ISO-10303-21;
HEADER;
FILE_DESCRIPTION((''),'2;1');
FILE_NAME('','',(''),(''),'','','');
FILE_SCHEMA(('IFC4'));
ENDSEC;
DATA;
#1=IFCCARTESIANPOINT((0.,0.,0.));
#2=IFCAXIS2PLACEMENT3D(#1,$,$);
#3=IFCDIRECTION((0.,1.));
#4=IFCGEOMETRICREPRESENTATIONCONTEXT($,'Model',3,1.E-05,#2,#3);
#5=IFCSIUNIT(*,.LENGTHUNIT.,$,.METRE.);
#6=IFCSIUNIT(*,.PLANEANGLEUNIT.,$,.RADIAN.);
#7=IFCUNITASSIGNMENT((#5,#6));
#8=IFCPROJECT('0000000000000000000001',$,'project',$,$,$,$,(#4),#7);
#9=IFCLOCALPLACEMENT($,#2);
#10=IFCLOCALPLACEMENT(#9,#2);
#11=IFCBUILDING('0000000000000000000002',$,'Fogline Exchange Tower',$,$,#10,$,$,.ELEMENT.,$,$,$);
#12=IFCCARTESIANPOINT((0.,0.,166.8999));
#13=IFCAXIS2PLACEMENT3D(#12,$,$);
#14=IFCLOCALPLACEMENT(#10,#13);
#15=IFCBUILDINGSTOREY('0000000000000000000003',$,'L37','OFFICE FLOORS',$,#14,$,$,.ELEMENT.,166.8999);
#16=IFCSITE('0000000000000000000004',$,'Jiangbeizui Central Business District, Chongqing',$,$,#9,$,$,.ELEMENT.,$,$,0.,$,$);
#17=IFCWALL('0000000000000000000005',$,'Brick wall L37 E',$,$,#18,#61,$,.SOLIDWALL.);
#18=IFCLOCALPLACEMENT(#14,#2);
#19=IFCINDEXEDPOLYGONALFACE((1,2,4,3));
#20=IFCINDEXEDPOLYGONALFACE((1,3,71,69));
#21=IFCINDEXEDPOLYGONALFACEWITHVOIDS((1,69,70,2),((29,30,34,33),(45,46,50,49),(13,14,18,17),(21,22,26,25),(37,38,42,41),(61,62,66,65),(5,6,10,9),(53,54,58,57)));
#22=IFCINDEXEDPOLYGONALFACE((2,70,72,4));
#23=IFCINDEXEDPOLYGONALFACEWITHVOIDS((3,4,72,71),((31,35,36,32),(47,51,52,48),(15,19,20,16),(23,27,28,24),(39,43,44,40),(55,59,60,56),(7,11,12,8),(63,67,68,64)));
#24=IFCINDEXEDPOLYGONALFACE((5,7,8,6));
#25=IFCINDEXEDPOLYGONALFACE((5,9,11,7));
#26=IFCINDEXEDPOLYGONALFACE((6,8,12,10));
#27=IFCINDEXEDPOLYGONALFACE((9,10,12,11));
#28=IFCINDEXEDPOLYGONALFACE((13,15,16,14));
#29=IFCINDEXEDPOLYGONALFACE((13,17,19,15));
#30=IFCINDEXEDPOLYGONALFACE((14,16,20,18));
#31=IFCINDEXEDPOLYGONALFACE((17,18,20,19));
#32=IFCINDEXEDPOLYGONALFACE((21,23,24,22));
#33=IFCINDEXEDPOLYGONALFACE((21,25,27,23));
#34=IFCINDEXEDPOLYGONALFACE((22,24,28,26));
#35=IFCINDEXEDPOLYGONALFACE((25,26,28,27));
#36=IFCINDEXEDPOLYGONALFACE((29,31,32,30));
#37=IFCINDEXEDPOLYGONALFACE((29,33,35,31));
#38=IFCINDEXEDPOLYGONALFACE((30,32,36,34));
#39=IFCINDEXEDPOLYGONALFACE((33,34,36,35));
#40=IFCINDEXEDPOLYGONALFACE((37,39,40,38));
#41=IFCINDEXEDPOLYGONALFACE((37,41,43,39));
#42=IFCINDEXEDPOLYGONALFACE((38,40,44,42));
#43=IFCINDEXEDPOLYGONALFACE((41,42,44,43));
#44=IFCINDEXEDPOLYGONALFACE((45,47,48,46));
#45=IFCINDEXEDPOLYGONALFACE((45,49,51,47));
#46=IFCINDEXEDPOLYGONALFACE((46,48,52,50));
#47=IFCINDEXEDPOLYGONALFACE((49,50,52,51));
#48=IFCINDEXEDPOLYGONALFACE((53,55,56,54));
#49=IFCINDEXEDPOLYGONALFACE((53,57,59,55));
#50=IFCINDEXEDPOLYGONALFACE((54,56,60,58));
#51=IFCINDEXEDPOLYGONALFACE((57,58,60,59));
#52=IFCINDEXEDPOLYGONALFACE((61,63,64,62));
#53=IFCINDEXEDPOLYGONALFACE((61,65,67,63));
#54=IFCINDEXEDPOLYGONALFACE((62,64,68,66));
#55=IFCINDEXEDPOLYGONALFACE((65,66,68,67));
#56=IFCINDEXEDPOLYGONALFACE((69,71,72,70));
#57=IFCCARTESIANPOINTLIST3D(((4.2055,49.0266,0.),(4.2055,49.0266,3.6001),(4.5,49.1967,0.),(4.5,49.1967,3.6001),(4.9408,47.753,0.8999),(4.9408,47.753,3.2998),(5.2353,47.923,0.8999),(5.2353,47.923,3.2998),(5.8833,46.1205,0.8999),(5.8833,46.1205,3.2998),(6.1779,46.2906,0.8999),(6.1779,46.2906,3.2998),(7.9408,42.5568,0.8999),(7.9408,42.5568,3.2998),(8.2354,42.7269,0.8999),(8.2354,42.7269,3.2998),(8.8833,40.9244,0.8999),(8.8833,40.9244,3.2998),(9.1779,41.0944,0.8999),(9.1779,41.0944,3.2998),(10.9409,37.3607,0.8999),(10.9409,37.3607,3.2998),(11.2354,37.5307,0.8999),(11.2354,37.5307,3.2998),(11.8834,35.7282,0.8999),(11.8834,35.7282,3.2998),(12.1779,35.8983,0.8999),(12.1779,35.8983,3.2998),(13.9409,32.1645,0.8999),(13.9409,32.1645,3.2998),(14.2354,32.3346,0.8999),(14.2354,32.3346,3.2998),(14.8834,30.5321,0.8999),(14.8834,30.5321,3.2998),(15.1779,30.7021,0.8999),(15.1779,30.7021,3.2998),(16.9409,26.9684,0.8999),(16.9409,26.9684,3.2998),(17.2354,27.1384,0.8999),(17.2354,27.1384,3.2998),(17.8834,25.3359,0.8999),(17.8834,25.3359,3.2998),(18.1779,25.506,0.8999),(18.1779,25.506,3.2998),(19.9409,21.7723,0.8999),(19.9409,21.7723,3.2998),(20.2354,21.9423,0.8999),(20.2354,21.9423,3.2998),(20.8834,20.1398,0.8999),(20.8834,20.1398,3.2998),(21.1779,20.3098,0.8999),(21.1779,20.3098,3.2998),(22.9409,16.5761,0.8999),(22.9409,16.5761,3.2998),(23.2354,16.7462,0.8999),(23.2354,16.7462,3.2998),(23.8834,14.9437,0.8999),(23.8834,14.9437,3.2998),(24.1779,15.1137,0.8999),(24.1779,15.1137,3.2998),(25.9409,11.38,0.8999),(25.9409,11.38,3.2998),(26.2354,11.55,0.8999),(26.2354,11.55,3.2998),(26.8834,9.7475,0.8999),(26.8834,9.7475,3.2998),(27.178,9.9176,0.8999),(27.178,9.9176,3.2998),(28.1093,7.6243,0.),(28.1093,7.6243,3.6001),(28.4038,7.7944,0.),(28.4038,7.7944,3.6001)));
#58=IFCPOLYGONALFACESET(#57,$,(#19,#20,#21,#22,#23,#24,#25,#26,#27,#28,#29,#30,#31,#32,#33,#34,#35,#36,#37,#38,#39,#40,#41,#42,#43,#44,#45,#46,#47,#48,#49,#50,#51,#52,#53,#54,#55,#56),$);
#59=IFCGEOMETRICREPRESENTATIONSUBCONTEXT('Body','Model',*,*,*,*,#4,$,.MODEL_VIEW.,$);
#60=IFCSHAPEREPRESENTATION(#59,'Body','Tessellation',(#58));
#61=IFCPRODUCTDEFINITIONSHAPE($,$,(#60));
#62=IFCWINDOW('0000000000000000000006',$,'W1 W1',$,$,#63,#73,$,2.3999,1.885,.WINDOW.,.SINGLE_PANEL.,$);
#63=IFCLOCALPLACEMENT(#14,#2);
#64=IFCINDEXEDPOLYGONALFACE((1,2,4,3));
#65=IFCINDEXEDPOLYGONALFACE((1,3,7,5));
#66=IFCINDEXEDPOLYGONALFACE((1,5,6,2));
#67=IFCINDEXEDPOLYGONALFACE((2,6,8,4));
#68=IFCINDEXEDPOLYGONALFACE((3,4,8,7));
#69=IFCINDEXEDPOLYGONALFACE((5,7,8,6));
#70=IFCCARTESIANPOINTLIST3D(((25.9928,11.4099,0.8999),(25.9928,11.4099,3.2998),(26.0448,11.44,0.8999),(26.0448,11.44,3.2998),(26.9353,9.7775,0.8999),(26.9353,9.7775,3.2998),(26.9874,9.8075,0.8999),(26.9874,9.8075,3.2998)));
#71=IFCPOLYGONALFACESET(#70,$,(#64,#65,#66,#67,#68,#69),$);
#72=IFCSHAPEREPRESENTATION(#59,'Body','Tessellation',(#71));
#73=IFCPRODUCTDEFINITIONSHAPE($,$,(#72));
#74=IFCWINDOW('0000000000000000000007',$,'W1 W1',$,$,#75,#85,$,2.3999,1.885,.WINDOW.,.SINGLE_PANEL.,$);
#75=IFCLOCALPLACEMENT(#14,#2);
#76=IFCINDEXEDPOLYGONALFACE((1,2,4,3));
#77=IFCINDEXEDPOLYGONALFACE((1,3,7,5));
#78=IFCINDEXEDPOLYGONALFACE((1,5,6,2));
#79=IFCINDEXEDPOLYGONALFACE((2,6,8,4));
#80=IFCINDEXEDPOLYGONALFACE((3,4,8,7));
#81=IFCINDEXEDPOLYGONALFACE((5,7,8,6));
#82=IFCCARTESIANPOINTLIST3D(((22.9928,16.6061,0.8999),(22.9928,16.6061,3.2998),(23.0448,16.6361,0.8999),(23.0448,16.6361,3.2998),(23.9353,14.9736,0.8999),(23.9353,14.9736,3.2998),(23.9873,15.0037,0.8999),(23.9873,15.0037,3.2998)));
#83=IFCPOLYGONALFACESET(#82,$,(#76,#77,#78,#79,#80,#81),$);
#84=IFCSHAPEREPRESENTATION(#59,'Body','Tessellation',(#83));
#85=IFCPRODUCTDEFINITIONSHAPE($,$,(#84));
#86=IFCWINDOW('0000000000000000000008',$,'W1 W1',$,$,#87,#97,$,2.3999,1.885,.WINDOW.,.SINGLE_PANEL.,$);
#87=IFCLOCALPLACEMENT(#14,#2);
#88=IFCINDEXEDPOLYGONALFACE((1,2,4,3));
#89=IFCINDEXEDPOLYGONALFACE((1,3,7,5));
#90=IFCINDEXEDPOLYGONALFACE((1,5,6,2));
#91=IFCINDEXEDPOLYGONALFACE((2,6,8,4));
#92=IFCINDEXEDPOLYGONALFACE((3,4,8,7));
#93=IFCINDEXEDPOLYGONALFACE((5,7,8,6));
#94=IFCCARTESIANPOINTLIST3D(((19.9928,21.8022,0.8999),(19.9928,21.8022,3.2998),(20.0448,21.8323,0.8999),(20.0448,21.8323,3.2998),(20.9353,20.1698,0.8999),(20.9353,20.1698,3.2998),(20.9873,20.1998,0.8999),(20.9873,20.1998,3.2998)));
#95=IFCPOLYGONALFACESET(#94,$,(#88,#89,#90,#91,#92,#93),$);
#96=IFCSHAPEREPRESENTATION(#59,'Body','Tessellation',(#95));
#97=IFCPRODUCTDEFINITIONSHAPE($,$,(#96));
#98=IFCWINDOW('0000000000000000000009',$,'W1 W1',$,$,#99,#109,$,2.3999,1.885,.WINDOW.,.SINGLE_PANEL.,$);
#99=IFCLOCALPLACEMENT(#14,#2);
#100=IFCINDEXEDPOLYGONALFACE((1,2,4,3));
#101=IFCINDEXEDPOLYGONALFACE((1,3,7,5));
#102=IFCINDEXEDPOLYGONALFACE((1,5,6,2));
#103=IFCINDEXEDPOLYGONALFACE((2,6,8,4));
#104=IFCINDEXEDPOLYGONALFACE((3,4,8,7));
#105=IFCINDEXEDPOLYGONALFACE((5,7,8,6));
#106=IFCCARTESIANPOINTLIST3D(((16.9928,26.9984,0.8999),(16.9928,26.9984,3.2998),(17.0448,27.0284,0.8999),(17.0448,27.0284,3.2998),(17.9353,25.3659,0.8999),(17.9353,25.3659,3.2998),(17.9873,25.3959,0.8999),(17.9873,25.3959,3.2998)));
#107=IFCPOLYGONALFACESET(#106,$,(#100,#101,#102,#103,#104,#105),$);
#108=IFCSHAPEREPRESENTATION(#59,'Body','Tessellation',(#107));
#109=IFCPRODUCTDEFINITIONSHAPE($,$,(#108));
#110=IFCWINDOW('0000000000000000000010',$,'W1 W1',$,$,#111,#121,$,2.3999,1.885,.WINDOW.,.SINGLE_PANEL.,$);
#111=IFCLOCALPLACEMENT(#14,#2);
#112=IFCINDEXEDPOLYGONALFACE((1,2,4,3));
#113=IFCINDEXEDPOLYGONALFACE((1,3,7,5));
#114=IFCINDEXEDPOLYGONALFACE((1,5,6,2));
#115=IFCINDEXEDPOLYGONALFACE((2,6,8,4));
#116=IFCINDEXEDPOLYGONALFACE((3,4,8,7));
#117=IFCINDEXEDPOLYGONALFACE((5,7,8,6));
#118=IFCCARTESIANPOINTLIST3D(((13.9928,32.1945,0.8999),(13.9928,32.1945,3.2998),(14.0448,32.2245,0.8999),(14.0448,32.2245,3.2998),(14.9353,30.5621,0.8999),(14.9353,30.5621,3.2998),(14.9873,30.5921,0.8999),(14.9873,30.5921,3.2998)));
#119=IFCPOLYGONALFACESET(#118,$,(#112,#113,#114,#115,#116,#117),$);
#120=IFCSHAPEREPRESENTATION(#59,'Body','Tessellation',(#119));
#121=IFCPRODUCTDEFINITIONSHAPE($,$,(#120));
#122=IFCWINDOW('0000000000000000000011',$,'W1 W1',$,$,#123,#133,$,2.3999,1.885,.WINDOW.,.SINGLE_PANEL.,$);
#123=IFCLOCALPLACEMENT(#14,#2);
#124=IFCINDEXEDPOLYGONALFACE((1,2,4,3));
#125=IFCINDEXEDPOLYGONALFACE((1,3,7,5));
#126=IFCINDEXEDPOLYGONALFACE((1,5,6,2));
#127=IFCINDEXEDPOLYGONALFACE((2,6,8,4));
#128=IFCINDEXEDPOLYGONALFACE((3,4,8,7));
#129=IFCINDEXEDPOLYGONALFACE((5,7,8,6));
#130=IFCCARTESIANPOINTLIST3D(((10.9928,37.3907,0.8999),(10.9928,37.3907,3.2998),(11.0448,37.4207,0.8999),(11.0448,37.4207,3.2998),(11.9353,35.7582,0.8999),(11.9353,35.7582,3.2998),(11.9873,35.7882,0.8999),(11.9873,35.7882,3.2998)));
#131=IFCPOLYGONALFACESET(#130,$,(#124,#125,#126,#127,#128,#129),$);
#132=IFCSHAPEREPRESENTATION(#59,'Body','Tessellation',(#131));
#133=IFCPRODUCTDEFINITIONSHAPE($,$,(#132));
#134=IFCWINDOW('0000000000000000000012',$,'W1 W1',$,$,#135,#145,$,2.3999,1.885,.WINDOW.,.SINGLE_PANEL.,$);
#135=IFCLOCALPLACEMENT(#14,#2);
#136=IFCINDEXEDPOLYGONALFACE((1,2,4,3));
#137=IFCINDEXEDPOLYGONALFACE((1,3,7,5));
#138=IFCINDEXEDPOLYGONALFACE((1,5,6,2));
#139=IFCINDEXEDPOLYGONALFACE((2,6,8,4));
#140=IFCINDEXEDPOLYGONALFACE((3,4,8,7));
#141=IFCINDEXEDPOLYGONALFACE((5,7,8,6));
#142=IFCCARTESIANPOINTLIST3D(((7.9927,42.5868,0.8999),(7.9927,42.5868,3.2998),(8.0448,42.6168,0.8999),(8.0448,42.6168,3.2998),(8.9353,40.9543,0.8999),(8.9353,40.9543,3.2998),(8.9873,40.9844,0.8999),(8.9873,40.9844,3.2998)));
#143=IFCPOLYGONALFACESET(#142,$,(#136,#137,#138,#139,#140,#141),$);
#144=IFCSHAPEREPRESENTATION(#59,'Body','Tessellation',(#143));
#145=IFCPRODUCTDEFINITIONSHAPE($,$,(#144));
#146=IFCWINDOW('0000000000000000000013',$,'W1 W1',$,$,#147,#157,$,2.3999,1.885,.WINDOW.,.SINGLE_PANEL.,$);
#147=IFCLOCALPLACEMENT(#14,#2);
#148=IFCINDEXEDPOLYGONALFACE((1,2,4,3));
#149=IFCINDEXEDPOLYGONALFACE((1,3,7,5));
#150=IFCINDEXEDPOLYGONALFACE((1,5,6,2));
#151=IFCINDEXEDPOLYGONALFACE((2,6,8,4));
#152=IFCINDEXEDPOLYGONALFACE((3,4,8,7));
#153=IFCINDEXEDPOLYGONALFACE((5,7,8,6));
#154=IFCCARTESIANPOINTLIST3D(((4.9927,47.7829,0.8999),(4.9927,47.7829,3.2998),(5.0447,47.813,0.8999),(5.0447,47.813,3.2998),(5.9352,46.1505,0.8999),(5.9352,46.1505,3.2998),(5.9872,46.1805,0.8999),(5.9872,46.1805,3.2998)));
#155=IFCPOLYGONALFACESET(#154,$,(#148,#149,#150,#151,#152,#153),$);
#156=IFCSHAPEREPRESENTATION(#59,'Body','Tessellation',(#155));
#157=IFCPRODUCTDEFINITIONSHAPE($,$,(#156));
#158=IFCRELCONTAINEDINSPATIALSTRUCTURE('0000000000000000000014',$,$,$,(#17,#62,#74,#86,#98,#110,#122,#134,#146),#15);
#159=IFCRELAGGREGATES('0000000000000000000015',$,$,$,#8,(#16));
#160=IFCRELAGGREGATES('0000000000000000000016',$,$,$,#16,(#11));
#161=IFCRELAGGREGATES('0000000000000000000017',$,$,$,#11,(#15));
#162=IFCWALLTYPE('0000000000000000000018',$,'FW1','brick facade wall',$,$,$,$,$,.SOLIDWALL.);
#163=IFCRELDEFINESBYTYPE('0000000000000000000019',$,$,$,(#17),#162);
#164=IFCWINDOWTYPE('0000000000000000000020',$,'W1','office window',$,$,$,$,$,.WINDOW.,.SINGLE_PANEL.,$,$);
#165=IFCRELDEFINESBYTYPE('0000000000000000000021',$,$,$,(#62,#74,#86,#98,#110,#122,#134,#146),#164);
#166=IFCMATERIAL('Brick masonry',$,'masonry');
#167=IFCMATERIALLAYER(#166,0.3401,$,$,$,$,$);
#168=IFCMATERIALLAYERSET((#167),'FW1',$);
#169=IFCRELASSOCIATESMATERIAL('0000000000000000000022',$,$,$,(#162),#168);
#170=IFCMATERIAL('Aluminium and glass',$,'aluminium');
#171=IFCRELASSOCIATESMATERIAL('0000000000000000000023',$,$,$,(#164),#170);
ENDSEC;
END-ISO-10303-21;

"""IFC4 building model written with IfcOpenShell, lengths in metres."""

from ifc_helpers import new_model, si_unit, direction, frame, frame_2d, origin, place, context, subcontext, project, spatial, rectangle, extrude, material, layer, layer_set, type_object, element, fill, save


model = new_model("IFC4")

# Units and contexts
model_context = context("Model", 3, precision=1e-05, world=origin(), true_north=direction((0.0, 1.0)))
body_context = subcontext(model_context, "Body", "Model", "MODEL_VIEW")
ifc_project = project(units=[si_unit("LENGTHUNIT", "METRE"), si_unit("PLANEANGLEUNIT", "RADIAN")], contexts=[model_context])

# Site, building, storey
site_placement = place(None, origin())
site = spatial("IfcSite", under=ifc_project, at=site_placement, Name="Jiangbeizui Central Business District, Chongqing", CompositionType="ELEMENT", RefElevation=0.0)
building_placement = place(site_placement, origin())
building = spatial("IfcBuilding", under=site, at=building_placement, Name="Fogline Exchange Tower", CompositionType="ELEMENT")
storey_placement = place(building_placement, frame((0.0, 0.0, 166.8999)))
storey = spatial("IfcBuildingStorey", under=building, at=storey_placement, Name="L37", Description="OFFICE FLOORS", CompositionType="ELEMENT", Elevation=166.8999)

# Shared definitions
ifc_material_1 = material(Name="Brick masonry", Category="masonry")
ifc_layer = layer(ifc_material_1, 0.3401)
ifc_layer_set = layer_set([ifc_layer], Name="FW1")
wall_type = type_object("IfcWallType", Name="FW1", Description="brick facade wall", PredefinedType="SOLIDWALL", material=ifc_layer_set)
ifc_material_2 = material(Name="Aluminium and glass", Category="aluminium")

# Wall, openings, windows
wall_1_placement = place(storey_placement, frame((28.2566, 7.7092, 0.0), z_axis=(0.0, 0.0, 1.0), x_axis=(-0.500002, 0.866024, 0.0)))
wall_1 = element("IfcWall", 1, at=wall_1_placement, inside=storey, type_object=wall_type, Name="Brick wall L37 E", PredefinedType="SOLIDWALL", context=body_context, shape_type="SweptSolid", body=[
    extrude(rectangle(XDim=47.8074, YDim=0.3401, at=frame_2d((23.9038, 0.0))), origin(), (0.0, 0.0, 1.0), 3.6001),
])
opening_1_placement = place(wall_1_placement, frame((2.4519, 0.0, 0.8999)))
opening_1 = element("IfcOpeningElement", 2, at=opening_1_placement, cuts=wall_1, PredefinedType="OPENING", context=body_context, shape_type="SweptSolid", body=[
    extrude(rectangle(XDim=1.885, YDim=2.3999, at=frame_2d((0.9424, 1.2))), frame((0.0, 0.1802, 0.0), z_axis=(0.0, -1.0, 0.0), x_axis=(1.0, 0.0, 0.0)), (0.0, 0.0, 1.0), 0.3601),
])
opening_2_placement = place(wall_1_placement, frame((8.4519, 0.0, 0.8999)))
opening_2 = element("IfcOpeningElement", 3, at=opening_2_placement, cuts=wall_1, PredefinedType="OPENING", context=body_context, shape_type="SweptSolid", body=[
    extrude(rectangle(XDim=1.885, YDim=2.3999, at=frame_2d((0.9424, 1.2))), frame((0.0, 0.1802, 0.0), z_axis=(0.0, -1.0, 0.0), x_axis=(1.0, 0.0, 0.0)), (0.0, 0.0, 1.0), 0.3601),
])
opening_3_placement = place(wall_1_placement, frame((14.4519, 0.0, 0.8999)))
opening_3 = element("IfcOpeningElement", 4, at=opening_3_placement, cuts=wall_1, PredefinedType="OPENING", context=body_context, shape_type="SweptSolid", body=[
    extrude(rectangle(XDim=1.885, YDim=2.3999, at=frame_2d((0.9424, 1.2))), frame((0.0, 0.1802, 0.0), z_axis=(0.0, -1.0, 0.0), x_axis=(1.0, 0.0, 0.0)), (0.0, 0.0, 1.0), 0.3601),
])
opening_4_placement = place(wall_1_placement, frame((20.4519, 0.0, 0.8999)))
opening_4 = element("IfcOpeningElement", 5, at=opening_4_placement, cuts=wall_1, PredefinedType="OPENING", context=body_context, shape_type="SweptSolid", body=[
    extrude(rectangle(XDim=1.885, YDim=2.3999, at=frame_2d((0.9424, 1.2))), frame((0.0, 0.1802, 0.0), z_axis=(0.0, -1.0, 0.0), x_axis=(1.0, 0.0, 0.0)), (0.0, 0.0, 1.0), 0.3601),
])
opening_5_placement = place(wall_1_placement, frame((26.4519, 0.0, 0.8999)))
opening_5 = element("IfcOpeningElement", 6, at=opening_5_placement, cuts=wall_1, PredefinedType="OPENING", context=body_context, shape_type="SweptSolid", body=[
    extrude(rectangle(XDim=1.885, YDim=2.3999, at=frame_2d((0.9424, 1.2))), frame((0.0, 0.1802, 0.0), z_axis=(0.0, -1.0, 0.0), x_axis=(1.0, 0.0, 0.0)), (0.0, 0.0, 1.0), 0.3601),
])
opening_6_placement = place(wall_1_placement, frame((32.4519, 0.0, 0.8999)))
opening_6 = element("IfcOpeningElement", 7, at=opening_6_placement, cuts=wall_1, PredefinedType="OPENING", context=body_context, shape_type="SweptSolid", body=[
    extrude(rectangle(XDim=1.885, YDim=2.3999, at=frame_2d((0.9424, 1.2))), frame((0.0, 0.1802, 0.0), z_axis=(0.0, -1.0, 0.0), x_axis=(1.0, 0.0, 0.0)), (0.0, 0.0, 1.0), 0.3601),
])
opening_7_placement = place(wall_1_placement, frame((38.4519, 0.0, 0.8999)))
opening_7 = element("IfcOpeningElement", 8, at=opening_7_placement, cuts=wall_1, PredefinedType="OPENING", context=body_context, shape_type="SweptSolid", body=[
    extrude(rectangle(XDim=1.885, YDim=2.3999, at=frame_2d((0.9424, 1.2))), frame((0.0, 0.1802, 0.0), z_axis=(0.0, -1.0, 0.0), x_axis=(1.0, 0.0, 0.0)), (0.0, 0.0, 1.0), 0.3601),
])
opening_8_placement = place(wall_1_placement, frame((44.4519, 0.0, 0.8999)))
opening_8 = element("IfcOpeningElement", 9, at=opening_8_placement, cuts=wall_1, PredefinedType="OPENING", context=body_context, shape_type="SweptSolid", body=[
    extrude(rectangle(XDim=1.885, YDim=2.3999, at=frame_2d((0.9424, 1.2))), frame((0.0, 0.1802, 0.0), z_axis=(0.0, -1.0, 0.0), x_axis=(1.0, 0.0, 0.0)), (0.0, 0.0, 1.0), 0.3601),
])
window_type = type_object("IfcWindowType", Name="W1", Description="office window", PartitioningType="SINGLE_PANEL", PredefinedType="WINDOW", material=ifc_material_2)
window_1_placement = place(opening_1_placement, origin())
window_1 = element("IfcWindow", 10, at=window_1_placement, inside=storey, type_object=window_type, Name="W1 W1", OverallHeight=2.3999, OverallWidth=1.885, PartitioningType="SINGLE_PANEL", PredefinedType="WINDOW", context=body_context, shape_type="SweptSolid", body=[
    extrude(rectangle(XDim=1.885, YDim=2.3999, at=frame_2d((0.9424, 1.2))), frame((0.0, 0.1101, 0.0), z_axis=(0.0, -1.0, 0.0), x_axis=(1.0, 0.0, 0.0)), (0.0, 0.0, 1.0), 0.0601),
])
fill(opening_1, window_1)
window_2_placement = place(opening_2_placement, origin())
window_2 = element("IfcWindow", 11, at=window_2_placement, inside=storey, type_object=window_type, Name="W1 W1", OverallHeight=2.3999, OverallWidth=1.885, PartitioningType="SINGLE_PANEL", PredefinedType="WINDOW", context=body_context, shape_type="SweptSolid", body=[
    extrude(rectangle(XDim=1.885, YDim=2.3999, at=frame_2d((0.9424, 1.2))), frame((0.0, 0.1101, 0.0), z_axis=(0.0, -1.0, 0.0), x_axis=(1.0, 0.0, 0.0)), (0.0, 0.0, 1.0), 0.0601),
])
fill(opening_2, window_2)
window_3_placement = place(opening_3_placement, origin())
window_3 = element("IfcWindow", 12, at=window_3_placement, inside=storey, type_object=window_type, Name="W1 W1", OverallHeight=2.3999, OverallWidth=1.885, PartitioningType="SINGLE_PANEL", PredefinedType="WINDOW", context=body_context, shape_type="SweptSolid", body=[
    extrude(rectangle(XDim=1.885, YDim=2.3999, at=frame_2d((0.9424, 1.2))), frame((0.0, 0.1101, 0.0), z_axis=(0.0, -1.0, 0.0), x_axis=(1.0, 0.0, 0.0)), (0.0, 0.0, 1.0), 0.0601),
])
fill(opening_3, window_3)
window_4_placement = place(opening_4_placement, origin())
window_4 = element("IfcWindow", 13, at=window_4_placement, inside=storey, type_object=window_type, Name="W1 W1", OverallHeight=2.3999, OverallWidth=1.885, PartitioningType="SINGLE_PANEL", PredefinedType="WINDOW", context=body_context, shape_type="SweptSolid", body=[
    extrude(rectangle(XDim=1.885, YDim=2.3999, at=frame_2d((0.9424, 1.2))), frame((0.0, 0.1101, 0.0), z_axis=(0.0, -1.0, 0.0), x_axis=(1.0, 0.0, 0.0)), (0.0, 0.0, 1.0), 0.0601),
])
fill(opening_4, window_4)
window_5_placement = place(opening_5_placement, origin())
window_5 = element("IfcWindow", 14, at=window_5_placement, inside=storey, type_object=window_type, Name="W1 W1", OverallHeight=2.3999, OverallWidth=1.885, PartitioningType="SINGLE_PANEL", PredefinedType="WINDOW", context=body_context, shape_type="SweptSolid", body=[
    extrude(rectangle(XDim=1.885, YDim=2.3999, at=frame_2d((0.9424, 1.2))), frame((0.0, 0.1101, 0.0), z_axis=(0.0, -1.0, 0.0), x_axis=(1.0, 0.0, 0.0)), (0.0, 0.0, 1.0), 0.0601),
])
fill(opening_5, window_5)
window_6_placement = place(opening_6_placement, origin())
window_6 = element("IfcWindow", 15, at=window_6_placement, inside=storey, type_object=window_type, Name="W1 W1", OverallHeight=2.3999, OverallWidth=1.885, PartitioningType="SINGLE_PANEL", PredefinedType="WINDOW", context=body_context, shape_type="SweptSolid", body=[
    extrude(rectangle(XDim=1.885, YDim=2.3999, at=frame_2d((0.9424, 1.2))), frame((0.0, 0.1101, 0.0), z_axis=(0.0, -1.0, 0.0), x_axis=(1.0, 0.0, 0.0)), (0.0, 0.0, 1.0), 0.0601),
])
fill(opening_6, window_6)
window_7_placement = place(opening_7_placement, origin())
window_7 = element("IfcWindow", 16, at=window_7_placement, inside=storey, type_object=window_type, Name="W1 W1", OverallHeight=2.3999, OverallWidth=1.885, PartitioningType="SINGLE_PANEL", PredefinedType="WINDOW", context=body_context, shape_type="SweptSolid", body=[
    extrude(rectangle(XDim=1.885, YDim=2.3999, at=frame_2d((0.9424, 1.2))), frame((0.0, 0.1101, 0.0), z_axis=(0.0, -1.0, 0.0), x_axis=(1.0, 0.0, 0.0)), (0.0, 0.0, 1.0), 0.0601),
])
fill(opening_7, window_7)
window_8_placement = place(opening_8_placement, origin())
window_8 = element("IfcWindow", 17, at=window_8_placement, inside=storey, type_object=window_type, Name="W1 W1", OverallHeight=2.3999, OverallWidth=1.885, PartitioningType="SINGLE_PANEL", PredefinedType="WINDOW", context=body_context, shape_type="SweptSolid", body=[
    extrude(rectangle(XDim=1.885, YDim=2.3999, at=frame_2d((0.9424, 1.2))), frame((0.0, 0.1101, 0.0), z_axis=(0.0, -1.0, 0.0), x_axis=(1.0, 0.0, 0.0)), (0.0, 0.0, 1.0), 0.0601),
])
fill(opening_8, window_8)

save(model, "model.ifc")
